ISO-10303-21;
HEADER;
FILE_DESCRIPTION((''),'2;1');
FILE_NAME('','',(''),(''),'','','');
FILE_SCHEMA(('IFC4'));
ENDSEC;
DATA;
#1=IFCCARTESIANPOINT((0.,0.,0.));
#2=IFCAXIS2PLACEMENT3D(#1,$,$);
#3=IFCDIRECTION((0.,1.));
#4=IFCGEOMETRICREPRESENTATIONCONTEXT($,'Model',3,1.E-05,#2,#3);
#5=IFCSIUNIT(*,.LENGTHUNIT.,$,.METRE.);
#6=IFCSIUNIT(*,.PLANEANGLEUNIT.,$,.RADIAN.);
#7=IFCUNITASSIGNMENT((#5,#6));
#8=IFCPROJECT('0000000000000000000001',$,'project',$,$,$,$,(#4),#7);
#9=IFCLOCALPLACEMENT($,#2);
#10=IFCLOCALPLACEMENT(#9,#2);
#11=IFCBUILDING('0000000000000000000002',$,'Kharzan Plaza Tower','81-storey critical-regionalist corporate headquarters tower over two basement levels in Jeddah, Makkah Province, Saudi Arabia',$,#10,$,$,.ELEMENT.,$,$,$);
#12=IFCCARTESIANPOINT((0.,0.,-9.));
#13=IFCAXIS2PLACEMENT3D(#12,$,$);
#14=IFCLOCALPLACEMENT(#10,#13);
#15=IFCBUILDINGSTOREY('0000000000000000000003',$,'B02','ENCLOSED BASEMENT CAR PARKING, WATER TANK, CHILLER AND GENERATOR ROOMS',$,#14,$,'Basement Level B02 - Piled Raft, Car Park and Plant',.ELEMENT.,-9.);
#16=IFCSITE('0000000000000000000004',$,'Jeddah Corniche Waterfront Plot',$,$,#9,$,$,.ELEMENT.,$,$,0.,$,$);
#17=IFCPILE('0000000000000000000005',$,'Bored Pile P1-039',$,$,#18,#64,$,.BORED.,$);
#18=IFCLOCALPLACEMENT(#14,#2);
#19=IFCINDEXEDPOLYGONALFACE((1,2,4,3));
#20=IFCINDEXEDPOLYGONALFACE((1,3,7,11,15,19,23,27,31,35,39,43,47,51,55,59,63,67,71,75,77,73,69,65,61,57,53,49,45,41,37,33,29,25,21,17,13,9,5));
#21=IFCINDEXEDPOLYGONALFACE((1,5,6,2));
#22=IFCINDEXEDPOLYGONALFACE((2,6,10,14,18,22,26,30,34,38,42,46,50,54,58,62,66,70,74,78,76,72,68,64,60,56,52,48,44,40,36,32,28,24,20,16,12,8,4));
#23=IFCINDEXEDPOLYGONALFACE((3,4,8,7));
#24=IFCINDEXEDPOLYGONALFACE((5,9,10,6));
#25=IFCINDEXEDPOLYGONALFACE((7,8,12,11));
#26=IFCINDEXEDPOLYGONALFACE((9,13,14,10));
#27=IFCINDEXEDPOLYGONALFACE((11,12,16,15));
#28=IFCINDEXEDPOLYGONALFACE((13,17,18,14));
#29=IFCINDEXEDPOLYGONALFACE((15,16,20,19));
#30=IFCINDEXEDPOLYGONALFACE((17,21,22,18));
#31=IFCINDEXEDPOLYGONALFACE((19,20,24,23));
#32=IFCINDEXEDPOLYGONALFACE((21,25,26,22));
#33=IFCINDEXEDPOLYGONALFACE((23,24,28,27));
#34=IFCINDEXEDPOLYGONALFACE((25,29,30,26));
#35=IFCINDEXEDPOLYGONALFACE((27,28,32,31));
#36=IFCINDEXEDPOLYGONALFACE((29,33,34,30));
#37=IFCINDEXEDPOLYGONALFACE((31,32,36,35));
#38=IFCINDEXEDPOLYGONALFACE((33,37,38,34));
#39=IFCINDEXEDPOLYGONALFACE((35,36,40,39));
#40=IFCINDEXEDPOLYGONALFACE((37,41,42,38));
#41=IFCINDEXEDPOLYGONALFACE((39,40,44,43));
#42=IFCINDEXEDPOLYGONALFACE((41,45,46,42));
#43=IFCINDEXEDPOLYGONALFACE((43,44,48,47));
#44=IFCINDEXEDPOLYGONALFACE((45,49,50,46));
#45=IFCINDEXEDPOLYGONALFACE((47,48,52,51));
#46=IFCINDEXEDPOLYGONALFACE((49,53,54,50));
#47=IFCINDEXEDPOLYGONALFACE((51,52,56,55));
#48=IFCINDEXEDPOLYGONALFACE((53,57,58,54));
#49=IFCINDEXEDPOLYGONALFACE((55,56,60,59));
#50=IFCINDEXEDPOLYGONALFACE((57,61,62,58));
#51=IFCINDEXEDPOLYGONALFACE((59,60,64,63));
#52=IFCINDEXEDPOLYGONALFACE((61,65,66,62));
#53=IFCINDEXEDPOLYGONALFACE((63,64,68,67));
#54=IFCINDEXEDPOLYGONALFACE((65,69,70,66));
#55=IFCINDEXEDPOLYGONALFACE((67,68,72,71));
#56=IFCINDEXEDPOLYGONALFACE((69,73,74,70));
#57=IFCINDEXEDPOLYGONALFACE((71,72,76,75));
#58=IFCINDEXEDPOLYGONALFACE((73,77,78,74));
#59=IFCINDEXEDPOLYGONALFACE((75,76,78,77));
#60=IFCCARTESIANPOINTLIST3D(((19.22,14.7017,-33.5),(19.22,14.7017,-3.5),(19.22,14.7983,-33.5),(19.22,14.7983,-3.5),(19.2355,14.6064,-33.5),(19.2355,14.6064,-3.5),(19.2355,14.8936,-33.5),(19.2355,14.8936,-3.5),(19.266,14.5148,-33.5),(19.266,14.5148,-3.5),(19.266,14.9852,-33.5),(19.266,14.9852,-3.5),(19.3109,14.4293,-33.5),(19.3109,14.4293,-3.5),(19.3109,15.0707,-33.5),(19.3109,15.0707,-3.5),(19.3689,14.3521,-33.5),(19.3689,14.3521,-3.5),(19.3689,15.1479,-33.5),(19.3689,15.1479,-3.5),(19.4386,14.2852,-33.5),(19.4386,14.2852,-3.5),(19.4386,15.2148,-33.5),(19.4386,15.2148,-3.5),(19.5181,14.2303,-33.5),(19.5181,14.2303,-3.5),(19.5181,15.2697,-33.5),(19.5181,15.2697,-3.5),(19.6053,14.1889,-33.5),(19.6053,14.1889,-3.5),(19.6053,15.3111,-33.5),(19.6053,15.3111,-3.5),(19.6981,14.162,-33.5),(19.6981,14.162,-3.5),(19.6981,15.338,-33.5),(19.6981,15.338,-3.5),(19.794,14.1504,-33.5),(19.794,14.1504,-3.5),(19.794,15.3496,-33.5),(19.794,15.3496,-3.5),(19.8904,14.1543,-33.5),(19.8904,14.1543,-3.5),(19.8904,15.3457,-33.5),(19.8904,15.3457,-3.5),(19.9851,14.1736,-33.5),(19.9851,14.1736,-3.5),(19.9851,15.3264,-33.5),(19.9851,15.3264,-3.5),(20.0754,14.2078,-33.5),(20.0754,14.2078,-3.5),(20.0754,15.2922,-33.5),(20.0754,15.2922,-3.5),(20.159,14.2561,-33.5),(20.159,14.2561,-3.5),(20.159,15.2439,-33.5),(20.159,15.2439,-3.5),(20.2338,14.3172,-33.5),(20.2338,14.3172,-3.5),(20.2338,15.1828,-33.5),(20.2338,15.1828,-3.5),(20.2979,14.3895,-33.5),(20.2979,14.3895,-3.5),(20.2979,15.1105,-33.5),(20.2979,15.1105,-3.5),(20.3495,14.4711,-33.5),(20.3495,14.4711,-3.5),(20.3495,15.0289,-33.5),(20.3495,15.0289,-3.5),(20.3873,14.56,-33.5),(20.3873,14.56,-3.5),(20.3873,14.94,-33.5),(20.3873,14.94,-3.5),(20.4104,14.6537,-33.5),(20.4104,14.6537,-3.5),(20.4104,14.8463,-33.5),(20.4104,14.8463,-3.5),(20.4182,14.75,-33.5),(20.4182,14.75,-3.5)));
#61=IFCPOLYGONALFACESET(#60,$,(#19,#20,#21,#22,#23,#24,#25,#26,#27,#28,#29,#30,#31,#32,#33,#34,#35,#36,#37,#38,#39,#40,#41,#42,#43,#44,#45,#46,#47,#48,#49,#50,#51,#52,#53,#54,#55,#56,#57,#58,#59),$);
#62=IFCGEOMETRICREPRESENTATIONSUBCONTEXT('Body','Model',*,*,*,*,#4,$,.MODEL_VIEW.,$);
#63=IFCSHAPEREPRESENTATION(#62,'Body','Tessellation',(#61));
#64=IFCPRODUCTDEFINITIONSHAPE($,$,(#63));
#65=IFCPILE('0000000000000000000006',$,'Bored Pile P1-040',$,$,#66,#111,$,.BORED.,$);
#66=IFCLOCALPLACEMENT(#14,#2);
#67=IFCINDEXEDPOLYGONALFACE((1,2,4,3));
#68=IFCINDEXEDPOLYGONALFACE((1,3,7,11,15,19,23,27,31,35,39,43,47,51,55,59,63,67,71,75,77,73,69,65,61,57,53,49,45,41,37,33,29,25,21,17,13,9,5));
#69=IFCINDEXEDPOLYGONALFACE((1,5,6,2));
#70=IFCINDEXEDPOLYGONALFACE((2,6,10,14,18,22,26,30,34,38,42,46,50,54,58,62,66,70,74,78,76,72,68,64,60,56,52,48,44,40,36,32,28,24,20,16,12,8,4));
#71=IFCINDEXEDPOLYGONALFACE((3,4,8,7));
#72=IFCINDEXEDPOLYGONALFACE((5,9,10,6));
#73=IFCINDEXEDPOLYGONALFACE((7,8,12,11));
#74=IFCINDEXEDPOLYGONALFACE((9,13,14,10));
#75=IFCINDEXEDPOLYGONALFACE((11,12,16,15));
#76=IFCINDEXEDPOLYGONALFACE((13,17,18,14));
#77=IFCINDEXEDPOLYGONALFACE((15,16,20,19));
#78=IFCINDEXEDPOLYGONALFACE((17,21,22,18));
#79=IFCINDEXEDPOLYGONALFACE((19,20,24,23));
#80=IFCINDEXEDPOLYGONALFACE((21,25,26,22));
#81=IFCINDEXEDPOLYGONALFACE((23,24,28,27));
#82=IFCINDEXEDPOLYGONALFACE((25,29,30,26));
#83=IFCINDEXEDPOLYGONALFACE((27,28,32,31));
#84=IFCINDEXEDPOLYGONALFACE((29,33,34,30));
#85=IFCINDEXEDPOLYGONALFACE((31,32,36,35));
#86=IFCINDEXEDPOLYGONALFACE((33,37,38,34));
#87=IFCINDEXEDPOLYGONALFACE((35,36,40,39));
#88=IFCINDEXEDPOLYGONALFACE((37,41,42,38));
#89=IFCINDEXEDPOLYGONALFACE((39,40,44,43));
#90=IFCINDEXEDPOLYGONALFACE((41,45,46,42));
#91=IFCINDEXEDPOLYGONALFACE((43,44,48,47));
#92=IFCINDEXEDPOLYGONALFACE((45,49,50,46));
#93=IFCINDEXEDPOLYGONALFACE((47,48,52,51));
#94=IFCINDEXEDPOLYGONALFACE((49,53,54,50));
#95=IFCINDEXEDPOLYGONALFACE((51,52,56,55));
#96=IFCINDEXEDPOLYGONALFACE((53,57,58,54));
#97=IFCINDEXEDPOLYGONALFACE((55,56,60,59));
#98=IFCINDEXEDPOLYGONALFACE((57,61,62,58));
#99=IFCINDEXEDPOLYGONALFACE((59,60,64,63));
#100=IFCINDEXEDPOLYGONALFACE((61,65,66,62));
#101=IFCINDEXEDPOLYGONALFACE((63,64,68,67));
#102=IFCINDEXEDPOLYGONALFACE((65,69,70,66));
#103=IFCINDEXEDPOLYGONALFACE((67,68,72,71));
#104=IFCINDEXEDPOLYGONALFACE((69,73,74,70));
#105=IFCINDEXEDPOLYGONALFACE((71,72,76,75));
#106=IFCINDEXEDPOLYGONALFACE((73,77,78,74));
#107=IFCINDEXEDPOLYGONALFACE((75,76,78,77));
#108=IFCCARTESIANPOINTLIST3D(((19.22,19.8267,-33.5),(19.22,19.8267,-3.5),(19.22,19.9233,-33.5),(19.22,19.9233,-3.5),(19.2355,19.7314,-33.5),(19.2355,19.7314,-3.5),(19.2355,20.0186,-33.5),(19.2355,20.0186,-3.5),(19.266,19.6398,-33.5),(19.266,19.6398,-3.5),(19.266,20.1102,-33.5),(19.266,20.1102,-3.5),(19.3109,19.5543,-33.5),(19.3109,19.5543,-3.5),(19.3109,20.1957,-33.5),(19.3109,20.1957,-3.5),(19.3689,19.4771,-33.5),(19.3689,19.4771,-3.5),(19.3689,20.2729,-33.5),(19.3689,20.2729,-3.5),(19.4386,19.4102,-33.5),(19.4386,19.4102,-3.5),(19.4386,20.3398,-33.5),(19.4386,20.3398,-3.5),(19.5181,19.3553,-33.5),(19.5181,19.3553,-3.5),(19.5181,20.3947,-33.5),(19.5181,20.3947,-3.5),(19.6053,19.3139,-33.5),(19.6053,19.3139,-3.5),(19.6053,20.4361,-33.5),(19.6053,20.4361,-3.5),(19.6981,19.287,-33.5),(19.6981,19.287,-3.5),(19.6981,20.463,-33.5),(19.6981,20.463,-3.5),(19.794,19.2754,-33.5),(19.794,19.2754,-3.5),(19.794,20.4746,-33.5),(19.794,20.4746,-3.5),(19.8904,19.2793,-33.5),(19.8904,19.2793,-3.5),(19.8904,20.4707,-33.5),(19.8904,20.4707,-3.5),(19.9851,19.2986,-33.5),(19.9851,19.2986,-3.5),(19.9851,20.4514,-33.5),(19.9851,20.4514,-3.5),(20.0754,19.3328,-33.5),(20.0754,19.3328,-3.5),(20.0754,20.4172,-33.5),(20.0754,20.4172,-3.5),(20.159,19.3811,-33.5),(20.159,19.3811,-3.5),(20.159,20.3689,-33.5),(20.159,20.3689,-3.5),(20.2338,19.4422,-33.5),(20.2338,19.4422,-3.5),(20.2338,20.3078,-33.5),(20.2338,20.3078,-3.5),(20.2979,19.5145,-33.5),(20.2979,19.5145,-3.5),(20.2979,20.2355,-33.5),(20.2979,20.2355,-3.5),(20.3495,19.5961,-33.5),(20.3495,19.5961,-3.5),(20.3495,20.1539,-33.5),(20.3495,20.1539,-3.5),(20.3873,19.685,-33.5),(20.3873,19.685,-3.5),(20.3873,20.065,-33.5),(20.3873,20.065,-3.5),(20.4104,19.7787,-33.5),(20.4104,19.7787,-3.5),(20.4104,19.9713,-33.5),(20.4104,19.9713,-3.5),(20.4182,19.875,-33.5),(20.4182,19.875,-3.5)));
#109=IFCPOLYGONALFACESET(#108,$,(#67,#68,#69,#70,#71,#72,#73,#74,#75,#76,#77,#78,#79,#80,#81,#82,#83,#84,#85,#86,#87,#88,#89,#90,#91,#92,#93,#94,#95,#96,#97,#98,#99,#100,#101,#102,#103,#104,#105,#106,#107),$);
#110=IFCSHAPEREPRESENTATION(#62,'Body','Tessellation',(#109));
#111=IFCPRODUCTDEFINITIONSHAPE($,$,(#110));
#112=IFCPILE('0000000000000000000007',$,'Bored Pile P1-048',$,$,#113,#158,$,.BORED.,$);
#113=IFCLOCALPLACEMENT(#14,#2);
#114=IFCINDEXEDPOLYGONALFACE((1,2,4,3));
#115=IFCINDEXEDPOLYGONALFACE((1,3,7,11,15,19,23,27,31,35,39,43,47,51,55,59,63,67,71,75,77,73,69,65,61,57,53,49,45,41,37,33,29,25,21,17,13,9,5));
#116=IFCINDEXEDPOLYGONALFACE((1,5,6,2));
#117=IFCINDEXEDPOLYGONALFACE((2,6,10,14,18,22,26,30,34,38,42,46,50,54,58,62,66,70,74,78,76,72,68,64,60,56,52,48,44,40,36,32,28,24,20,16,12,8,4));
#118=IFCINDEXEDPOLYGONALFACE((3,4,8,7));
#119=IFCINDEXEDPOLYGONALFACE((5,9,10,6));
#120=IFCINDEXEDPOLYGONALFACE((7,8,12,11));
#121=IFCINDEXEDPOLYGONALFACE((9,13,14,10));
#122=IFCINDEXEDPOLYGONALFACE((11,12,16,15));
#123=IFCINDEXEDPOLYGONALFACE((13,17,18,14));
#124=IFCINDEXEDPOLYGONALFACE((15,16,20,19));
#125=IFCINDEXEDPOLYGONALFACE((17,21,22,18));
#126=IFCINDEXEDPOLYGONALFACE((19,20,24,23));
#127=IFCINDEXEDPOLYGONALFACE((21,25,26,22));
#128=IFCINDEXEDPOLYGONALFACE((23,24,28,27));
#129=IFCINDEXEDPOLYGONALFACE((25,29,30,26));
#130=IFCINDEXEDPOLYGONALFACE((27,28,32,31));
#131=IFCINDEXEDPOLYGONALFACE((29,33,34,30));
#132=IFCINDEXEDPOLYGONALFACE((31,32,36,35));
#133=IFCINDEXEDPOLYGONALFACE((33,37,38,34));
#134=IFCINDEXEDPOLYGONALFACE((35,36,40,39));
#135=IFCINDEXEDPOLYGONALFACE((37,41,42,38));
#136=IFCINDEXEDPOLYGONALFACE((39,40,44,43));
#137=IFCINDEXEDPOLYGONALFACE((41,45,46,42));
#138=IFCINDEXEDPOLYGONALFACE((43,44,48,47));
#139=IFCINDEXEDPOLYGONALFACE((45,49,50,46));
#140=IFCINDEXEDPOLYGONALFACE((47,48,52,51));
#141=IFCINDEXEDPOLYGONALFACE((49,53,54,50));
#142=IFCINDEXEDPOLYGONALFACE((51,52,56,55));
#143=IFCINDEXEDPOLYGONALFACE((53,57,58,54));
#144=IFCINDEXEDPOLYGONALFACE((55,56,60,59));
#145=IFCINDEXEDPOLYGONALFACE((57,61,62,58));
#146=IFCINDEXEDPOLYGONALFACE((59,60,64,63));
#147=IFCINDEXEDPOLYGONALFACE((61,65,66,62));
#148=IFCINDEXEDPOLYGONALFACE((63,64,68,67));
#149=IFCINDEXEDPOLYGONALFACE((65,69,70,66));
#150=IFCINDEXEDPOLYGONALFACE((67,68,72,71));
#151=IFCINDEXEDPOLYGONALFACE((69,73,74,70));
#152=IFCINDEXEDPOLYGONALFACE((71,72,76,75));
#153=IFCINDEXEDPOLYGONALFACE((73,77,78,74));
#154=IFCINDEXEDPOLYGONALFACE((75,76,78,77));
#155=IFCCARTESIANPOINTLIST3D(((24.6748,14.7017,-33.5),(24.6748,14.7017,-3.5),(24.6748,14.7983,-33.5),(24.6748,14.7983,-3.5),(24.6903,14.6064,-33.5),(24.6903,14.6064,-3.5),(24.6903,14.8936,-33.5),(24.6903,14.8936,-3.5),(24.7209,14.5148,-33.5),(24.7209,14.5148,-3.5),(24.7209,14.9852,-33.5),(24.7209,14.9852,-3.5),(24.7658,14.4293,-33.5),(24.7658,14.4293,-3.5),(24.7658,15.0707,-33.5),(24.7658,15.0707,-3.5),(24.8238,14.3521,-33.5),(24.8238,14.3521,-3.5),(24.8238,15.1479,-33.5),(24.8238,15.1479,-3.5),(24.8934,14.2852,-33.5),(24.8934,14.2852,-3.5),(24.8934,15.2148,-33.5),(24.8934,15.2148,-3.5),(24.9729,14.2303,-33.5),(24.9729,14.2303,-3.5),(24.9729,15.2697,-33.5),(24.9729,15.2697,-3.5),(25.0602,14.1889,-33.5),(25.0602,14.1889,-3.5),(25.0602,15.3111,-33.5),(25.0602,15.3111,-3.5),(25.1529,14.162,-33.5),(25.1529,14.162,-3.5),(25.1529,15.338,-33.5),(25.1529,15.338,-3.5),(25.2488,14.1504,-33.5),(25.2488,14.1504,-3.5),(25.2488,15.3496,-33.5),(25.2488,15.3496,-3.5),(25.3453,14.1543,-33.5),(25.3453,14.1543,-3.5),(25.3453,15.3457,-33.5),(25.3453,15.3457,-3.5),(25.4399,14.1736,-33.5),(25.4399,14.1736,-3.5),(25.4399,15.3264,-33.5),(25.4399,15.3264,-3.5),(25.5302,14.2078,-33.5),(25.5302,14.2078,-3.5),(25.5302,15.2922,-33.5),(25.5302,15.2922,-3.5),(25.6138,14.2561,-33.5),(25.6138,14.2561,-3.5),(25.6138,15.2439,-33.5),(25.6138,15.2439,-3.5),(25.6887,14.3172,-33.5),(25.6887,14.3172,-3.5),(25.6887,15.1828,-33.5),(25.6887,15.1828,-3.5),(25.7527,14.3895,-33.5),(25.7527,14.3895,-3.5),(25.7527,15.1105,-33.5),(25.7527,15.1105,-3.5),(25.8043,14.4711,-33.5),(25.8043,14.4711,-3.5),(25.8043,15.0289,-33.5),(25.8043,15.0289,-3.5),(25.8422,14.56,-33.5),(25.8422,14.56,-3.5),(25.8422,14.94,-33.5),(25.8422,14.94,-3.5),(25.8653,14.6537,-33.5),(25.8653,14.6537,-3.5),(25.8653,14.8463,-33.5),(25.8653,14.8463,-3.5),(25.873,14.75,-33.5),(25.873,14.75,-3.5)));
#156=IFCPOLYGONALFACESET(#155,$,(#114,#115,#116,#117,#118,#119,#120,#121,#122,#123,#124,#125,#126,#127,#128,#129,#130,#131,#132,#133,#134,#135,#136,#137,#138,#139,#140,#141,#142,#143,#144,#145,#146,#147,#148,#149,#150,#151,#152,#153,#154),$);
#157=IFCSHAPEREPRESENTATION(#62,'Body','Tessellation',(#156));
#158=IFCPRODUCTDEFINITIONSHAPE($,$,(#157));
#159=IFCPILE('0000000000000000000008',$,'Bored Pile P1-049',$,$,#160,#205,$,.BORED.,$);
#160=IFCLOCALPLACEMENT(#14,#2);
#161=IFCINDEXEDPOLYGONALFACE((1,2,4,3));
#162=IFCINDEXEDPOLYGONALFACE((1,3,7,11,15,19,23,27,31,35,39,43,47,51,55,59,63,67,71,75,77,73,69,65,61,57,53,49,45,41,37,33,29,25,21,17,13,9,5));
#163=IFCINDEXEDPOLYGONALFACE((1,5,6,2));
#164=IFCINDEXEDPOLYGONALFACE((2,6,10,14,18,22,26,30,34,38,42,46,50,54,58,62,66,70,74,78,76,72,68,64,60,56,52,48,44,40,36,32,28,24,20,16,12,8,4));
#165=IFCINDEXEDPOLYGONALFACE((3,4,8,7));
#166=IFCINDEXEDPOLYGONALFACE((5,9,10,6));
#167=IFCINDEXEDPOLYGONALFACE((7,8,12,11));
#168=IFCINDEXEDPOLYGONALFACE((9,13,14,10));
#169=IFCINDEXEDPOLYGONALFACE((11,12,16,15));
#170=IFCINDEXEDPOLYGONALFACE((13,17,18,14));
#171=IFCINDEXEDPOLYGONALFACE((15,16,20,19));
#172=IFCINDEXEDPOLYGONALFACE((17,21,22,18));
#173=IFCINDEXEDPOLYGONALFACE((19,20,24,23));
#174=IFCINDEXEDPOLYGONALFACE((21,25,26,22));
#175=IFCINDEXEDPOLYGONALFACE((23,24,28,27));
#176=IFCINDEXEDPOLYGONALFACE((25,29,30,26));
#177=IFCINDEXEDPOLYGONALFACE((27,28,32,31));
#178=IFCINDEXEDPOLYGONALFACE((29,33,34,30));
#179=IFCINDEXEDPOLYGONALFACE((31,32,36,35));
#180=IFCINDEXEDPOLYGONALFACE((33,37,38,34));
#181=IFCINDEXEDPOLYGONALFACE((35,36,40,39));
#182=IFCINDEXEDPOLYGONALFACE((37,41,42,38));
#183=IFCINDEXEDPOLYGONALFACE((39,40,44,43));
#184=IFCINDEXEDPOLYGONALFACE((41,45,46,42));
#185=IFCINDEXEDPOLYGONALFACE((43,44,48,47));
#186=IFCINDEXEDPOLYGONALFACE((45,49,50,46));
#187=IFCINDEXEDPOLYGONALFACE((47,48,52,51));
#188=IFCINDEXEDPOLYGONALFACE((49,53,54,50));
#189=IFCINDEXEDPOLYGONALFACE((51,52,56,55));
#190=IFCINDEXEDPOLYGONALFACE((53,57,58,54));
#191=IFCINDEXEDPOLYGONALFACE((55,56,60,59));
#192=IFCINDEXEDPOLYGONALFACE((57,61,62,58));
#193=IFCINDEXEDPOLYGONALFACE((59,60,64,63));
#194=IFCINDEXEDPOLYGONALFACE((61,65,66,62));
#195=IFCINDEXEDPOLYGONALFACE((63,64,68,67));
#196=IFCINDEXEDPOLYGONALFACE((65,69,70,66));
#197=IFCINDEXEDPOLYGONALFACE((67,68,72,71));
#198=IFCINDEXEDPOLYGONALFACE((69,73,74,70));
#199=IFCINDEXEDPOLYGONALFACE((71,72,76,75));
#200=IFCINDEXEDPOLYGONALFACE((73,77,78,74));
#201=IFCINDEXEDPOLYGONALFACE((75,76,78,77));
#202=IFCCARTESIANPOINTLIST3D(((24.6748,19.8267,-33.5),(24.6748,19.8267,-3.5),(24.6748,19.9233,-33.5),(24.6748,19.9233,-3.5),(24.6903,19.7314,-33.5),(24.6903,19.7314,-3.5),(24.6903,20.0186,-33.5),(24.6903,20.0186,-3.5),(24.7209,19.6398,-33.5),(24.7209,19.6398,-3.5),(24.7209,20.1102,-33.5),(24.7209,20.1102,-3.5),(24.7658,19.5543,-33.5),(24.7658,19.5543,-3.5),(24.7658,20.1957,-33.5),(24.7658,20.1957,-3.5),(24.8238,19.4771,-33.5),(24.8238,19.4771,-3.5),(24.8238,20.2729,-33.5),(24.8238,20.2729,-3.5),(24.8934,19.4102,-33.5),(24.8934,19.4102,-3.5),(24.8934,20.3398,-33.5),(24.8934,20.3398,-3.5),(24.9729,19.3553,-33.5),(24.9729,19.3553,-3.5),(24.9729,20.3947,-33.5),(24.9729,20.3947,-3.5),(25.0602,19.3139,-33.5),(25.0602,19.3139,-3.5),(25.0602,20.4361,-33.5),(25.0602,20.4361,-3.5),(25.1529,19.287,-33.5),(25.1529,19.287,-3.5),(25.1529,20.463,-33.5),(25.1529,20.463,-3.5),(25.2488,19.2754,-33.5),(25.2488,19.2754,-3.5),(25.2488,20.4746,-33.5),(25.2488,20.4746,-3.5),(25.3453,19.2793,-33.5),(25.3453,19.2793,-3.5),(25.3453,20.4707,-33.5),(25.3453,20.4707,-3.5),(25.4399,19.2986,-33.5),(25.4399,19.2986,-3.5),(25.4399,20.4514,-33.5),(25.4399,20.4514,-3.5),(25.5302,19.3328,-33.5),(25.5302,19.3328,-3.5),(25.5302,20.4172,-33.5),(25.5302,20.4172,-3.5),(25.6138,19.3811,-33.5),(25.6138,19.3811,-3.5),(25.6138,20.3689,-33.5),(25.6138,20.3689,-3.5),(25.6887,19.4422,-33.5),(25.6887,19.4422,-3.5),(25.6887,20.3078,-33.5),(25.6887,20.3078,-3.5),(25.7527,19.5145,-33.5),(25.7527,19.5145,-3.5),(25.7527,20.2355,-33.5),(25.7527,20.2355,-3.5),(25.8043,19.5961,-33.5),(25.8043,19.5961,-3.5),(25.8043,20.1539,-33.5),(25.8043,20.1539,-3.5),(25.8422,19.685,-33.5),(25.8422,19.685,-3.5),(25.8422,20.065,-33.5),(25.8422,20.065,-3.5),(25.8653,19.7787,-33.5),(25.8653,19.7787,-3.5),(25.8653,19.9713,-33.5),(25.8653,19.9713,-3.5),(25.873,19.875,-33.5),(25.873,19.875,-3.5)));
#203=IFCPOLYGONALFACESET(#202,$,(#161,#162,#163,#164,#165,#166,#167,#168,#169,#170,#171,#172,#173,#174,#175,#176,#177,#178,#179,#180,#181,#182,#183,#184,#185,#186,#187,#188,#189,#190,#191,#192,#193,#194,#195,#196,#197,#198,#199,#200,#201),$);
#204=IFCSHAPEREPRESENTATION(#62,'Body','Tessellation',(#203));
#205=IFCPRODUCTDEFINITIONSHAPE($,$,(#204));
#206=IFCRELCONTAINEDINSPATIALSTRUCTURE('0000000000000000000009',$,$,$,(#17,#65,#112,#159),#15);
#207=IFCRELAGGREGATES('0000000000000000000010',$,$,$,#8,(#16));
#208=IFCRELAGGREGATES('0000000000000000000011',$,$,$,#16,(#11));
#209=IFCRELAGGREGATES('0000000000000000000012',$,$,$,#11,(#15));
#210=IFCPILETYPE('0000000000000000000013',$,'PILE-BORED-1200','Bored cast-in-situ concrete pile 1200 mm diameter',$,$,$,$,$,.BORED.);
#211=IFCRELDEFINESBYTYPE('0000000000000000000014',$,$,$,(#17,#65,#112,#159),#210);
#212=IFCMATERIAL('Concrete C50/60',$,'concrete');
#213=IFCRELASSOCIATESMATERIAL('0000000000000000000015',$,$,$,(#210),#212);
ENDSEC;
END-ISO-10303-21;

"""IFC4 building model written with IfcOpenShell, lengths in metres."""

from ifc_helpers import new_model, si_unit, direction, frame, origin, origin_2d, place, context, subcontext, project, spatial, circle, extrude, source, transform, mapped, material, material_profile, profile_set, type_object, element, save


model = new_model("IFC4")

# Units and contexts
model_context = context("Model", 3, precision=1e-05, world=origin(), true_north=direction((0.0, 1.0)))
body_context = subcontext(model_context, "Body", "Model", "MODEL_VIEW")
ifc_project = project(units=[si_unit("LENGTHUNIT", "METRE"), si_unit("PLANEANGLEUNIT", "RADIAN")], contexts=[model_context])

# Site, building, storey
site_placement = place(None, origin())
site = spatial("IfcSite", under=ifc_project, at=site_placement, Name="Jeddah Corniche Waterfront Plot", CompositionType="ELEMENT", RefElevation=0.0)
building_placement = place(site_placement, origin())
building = spatial("IfcBuilding", under=site, at=building_placement, Name="Kharzan Plaza Tower", Description="81-storey critical-regionalist corporate headquarters tower over two basement levels in Jeddah, Makkah Province, Saudi Arabia", CompositionType="ELEMENT")
storey_placement = place(building_placement, frame((0.0, 0.0, -9.0)))
storey = spatial("IfcBuildingStorey", under=building, at=storey_placement, Name="B02", Description="ENCLOSED BASEMENT CAR PARKING, WATER TANK, CHILLER AND GENERATOR ROOMS", LongName="Basement Level B02 - Piled Raft, Car Park and Plant", CompositionType="ELEMENT", Elevation=-9.0)

# Piles
ifc_material_1 = material(Name="Concrete C50/60", Category="concrete")
ifc_material_profile_1 = material_profile(ifc_material_1, circle(Radius=0.6001, at=origin_2d()), Name="PILE-D1200")
ifc_profile_set_1 = profile_set([ifc_material_profile_1], Name="Concrete C50/60")
pile_type = type_object("IfcPileType", Name="PILE-BORED-1200", Description="Bored cast-in-situ concrete pile 1200 mm diameter", PredefinedType="BORED", material=ifc_profile_set_1)
shared_shape_1 = source(origin(), body_context, "Body", "SweptSolid", [
    extrude(circle(Radius=0.6001, at=origin_2d()), origin(), (0.0, 0.0, 1.0), 30.0),
])
for number, where, z_axis, x_axis, name in (
    (1, (19.8181, 14.75, -3.5), (0.0, 0.0, -1.0), (1.0, 0.0, 0.0), "Bored Pile P1-039"),
    (2, (19.8181, 19.875, -3.5), (0.0, 0.0, -1.0), (1.0, 0.0, 0.0), "Bored Pile P1-040"),
    (3, (25.2729, 14.75, -3.5), (0.0, 0.0, -1.0), (1.0, 0.0, 0.0), "Bored Pile P1-048"),
    (4, (25.2729, 19.875, -3.5), (0.0, 0.0, -1.0), (1.0, 0.0, 0.0), "Bored Pile P1-049"),
):
    element("IfcPile", number, at=place(storey_placement, frame(where, z_axis=z_axis, x_axis=x_axis)), inside=storey, type_object=pile_type, Name=name, PredefinedType="BORED", context=body_context, shape_type="MappedRepresentation", body=[
        mapped(shared_shape_1, transform((0.0, 0.0, 0.0), x_axis=(1.0, 0.0, 0.0), y_axis=(0.0, 1.0, 0.0), z_axis=(0.0, 0.0, 1.0))),
    ])

save(model, "model.ifc")
